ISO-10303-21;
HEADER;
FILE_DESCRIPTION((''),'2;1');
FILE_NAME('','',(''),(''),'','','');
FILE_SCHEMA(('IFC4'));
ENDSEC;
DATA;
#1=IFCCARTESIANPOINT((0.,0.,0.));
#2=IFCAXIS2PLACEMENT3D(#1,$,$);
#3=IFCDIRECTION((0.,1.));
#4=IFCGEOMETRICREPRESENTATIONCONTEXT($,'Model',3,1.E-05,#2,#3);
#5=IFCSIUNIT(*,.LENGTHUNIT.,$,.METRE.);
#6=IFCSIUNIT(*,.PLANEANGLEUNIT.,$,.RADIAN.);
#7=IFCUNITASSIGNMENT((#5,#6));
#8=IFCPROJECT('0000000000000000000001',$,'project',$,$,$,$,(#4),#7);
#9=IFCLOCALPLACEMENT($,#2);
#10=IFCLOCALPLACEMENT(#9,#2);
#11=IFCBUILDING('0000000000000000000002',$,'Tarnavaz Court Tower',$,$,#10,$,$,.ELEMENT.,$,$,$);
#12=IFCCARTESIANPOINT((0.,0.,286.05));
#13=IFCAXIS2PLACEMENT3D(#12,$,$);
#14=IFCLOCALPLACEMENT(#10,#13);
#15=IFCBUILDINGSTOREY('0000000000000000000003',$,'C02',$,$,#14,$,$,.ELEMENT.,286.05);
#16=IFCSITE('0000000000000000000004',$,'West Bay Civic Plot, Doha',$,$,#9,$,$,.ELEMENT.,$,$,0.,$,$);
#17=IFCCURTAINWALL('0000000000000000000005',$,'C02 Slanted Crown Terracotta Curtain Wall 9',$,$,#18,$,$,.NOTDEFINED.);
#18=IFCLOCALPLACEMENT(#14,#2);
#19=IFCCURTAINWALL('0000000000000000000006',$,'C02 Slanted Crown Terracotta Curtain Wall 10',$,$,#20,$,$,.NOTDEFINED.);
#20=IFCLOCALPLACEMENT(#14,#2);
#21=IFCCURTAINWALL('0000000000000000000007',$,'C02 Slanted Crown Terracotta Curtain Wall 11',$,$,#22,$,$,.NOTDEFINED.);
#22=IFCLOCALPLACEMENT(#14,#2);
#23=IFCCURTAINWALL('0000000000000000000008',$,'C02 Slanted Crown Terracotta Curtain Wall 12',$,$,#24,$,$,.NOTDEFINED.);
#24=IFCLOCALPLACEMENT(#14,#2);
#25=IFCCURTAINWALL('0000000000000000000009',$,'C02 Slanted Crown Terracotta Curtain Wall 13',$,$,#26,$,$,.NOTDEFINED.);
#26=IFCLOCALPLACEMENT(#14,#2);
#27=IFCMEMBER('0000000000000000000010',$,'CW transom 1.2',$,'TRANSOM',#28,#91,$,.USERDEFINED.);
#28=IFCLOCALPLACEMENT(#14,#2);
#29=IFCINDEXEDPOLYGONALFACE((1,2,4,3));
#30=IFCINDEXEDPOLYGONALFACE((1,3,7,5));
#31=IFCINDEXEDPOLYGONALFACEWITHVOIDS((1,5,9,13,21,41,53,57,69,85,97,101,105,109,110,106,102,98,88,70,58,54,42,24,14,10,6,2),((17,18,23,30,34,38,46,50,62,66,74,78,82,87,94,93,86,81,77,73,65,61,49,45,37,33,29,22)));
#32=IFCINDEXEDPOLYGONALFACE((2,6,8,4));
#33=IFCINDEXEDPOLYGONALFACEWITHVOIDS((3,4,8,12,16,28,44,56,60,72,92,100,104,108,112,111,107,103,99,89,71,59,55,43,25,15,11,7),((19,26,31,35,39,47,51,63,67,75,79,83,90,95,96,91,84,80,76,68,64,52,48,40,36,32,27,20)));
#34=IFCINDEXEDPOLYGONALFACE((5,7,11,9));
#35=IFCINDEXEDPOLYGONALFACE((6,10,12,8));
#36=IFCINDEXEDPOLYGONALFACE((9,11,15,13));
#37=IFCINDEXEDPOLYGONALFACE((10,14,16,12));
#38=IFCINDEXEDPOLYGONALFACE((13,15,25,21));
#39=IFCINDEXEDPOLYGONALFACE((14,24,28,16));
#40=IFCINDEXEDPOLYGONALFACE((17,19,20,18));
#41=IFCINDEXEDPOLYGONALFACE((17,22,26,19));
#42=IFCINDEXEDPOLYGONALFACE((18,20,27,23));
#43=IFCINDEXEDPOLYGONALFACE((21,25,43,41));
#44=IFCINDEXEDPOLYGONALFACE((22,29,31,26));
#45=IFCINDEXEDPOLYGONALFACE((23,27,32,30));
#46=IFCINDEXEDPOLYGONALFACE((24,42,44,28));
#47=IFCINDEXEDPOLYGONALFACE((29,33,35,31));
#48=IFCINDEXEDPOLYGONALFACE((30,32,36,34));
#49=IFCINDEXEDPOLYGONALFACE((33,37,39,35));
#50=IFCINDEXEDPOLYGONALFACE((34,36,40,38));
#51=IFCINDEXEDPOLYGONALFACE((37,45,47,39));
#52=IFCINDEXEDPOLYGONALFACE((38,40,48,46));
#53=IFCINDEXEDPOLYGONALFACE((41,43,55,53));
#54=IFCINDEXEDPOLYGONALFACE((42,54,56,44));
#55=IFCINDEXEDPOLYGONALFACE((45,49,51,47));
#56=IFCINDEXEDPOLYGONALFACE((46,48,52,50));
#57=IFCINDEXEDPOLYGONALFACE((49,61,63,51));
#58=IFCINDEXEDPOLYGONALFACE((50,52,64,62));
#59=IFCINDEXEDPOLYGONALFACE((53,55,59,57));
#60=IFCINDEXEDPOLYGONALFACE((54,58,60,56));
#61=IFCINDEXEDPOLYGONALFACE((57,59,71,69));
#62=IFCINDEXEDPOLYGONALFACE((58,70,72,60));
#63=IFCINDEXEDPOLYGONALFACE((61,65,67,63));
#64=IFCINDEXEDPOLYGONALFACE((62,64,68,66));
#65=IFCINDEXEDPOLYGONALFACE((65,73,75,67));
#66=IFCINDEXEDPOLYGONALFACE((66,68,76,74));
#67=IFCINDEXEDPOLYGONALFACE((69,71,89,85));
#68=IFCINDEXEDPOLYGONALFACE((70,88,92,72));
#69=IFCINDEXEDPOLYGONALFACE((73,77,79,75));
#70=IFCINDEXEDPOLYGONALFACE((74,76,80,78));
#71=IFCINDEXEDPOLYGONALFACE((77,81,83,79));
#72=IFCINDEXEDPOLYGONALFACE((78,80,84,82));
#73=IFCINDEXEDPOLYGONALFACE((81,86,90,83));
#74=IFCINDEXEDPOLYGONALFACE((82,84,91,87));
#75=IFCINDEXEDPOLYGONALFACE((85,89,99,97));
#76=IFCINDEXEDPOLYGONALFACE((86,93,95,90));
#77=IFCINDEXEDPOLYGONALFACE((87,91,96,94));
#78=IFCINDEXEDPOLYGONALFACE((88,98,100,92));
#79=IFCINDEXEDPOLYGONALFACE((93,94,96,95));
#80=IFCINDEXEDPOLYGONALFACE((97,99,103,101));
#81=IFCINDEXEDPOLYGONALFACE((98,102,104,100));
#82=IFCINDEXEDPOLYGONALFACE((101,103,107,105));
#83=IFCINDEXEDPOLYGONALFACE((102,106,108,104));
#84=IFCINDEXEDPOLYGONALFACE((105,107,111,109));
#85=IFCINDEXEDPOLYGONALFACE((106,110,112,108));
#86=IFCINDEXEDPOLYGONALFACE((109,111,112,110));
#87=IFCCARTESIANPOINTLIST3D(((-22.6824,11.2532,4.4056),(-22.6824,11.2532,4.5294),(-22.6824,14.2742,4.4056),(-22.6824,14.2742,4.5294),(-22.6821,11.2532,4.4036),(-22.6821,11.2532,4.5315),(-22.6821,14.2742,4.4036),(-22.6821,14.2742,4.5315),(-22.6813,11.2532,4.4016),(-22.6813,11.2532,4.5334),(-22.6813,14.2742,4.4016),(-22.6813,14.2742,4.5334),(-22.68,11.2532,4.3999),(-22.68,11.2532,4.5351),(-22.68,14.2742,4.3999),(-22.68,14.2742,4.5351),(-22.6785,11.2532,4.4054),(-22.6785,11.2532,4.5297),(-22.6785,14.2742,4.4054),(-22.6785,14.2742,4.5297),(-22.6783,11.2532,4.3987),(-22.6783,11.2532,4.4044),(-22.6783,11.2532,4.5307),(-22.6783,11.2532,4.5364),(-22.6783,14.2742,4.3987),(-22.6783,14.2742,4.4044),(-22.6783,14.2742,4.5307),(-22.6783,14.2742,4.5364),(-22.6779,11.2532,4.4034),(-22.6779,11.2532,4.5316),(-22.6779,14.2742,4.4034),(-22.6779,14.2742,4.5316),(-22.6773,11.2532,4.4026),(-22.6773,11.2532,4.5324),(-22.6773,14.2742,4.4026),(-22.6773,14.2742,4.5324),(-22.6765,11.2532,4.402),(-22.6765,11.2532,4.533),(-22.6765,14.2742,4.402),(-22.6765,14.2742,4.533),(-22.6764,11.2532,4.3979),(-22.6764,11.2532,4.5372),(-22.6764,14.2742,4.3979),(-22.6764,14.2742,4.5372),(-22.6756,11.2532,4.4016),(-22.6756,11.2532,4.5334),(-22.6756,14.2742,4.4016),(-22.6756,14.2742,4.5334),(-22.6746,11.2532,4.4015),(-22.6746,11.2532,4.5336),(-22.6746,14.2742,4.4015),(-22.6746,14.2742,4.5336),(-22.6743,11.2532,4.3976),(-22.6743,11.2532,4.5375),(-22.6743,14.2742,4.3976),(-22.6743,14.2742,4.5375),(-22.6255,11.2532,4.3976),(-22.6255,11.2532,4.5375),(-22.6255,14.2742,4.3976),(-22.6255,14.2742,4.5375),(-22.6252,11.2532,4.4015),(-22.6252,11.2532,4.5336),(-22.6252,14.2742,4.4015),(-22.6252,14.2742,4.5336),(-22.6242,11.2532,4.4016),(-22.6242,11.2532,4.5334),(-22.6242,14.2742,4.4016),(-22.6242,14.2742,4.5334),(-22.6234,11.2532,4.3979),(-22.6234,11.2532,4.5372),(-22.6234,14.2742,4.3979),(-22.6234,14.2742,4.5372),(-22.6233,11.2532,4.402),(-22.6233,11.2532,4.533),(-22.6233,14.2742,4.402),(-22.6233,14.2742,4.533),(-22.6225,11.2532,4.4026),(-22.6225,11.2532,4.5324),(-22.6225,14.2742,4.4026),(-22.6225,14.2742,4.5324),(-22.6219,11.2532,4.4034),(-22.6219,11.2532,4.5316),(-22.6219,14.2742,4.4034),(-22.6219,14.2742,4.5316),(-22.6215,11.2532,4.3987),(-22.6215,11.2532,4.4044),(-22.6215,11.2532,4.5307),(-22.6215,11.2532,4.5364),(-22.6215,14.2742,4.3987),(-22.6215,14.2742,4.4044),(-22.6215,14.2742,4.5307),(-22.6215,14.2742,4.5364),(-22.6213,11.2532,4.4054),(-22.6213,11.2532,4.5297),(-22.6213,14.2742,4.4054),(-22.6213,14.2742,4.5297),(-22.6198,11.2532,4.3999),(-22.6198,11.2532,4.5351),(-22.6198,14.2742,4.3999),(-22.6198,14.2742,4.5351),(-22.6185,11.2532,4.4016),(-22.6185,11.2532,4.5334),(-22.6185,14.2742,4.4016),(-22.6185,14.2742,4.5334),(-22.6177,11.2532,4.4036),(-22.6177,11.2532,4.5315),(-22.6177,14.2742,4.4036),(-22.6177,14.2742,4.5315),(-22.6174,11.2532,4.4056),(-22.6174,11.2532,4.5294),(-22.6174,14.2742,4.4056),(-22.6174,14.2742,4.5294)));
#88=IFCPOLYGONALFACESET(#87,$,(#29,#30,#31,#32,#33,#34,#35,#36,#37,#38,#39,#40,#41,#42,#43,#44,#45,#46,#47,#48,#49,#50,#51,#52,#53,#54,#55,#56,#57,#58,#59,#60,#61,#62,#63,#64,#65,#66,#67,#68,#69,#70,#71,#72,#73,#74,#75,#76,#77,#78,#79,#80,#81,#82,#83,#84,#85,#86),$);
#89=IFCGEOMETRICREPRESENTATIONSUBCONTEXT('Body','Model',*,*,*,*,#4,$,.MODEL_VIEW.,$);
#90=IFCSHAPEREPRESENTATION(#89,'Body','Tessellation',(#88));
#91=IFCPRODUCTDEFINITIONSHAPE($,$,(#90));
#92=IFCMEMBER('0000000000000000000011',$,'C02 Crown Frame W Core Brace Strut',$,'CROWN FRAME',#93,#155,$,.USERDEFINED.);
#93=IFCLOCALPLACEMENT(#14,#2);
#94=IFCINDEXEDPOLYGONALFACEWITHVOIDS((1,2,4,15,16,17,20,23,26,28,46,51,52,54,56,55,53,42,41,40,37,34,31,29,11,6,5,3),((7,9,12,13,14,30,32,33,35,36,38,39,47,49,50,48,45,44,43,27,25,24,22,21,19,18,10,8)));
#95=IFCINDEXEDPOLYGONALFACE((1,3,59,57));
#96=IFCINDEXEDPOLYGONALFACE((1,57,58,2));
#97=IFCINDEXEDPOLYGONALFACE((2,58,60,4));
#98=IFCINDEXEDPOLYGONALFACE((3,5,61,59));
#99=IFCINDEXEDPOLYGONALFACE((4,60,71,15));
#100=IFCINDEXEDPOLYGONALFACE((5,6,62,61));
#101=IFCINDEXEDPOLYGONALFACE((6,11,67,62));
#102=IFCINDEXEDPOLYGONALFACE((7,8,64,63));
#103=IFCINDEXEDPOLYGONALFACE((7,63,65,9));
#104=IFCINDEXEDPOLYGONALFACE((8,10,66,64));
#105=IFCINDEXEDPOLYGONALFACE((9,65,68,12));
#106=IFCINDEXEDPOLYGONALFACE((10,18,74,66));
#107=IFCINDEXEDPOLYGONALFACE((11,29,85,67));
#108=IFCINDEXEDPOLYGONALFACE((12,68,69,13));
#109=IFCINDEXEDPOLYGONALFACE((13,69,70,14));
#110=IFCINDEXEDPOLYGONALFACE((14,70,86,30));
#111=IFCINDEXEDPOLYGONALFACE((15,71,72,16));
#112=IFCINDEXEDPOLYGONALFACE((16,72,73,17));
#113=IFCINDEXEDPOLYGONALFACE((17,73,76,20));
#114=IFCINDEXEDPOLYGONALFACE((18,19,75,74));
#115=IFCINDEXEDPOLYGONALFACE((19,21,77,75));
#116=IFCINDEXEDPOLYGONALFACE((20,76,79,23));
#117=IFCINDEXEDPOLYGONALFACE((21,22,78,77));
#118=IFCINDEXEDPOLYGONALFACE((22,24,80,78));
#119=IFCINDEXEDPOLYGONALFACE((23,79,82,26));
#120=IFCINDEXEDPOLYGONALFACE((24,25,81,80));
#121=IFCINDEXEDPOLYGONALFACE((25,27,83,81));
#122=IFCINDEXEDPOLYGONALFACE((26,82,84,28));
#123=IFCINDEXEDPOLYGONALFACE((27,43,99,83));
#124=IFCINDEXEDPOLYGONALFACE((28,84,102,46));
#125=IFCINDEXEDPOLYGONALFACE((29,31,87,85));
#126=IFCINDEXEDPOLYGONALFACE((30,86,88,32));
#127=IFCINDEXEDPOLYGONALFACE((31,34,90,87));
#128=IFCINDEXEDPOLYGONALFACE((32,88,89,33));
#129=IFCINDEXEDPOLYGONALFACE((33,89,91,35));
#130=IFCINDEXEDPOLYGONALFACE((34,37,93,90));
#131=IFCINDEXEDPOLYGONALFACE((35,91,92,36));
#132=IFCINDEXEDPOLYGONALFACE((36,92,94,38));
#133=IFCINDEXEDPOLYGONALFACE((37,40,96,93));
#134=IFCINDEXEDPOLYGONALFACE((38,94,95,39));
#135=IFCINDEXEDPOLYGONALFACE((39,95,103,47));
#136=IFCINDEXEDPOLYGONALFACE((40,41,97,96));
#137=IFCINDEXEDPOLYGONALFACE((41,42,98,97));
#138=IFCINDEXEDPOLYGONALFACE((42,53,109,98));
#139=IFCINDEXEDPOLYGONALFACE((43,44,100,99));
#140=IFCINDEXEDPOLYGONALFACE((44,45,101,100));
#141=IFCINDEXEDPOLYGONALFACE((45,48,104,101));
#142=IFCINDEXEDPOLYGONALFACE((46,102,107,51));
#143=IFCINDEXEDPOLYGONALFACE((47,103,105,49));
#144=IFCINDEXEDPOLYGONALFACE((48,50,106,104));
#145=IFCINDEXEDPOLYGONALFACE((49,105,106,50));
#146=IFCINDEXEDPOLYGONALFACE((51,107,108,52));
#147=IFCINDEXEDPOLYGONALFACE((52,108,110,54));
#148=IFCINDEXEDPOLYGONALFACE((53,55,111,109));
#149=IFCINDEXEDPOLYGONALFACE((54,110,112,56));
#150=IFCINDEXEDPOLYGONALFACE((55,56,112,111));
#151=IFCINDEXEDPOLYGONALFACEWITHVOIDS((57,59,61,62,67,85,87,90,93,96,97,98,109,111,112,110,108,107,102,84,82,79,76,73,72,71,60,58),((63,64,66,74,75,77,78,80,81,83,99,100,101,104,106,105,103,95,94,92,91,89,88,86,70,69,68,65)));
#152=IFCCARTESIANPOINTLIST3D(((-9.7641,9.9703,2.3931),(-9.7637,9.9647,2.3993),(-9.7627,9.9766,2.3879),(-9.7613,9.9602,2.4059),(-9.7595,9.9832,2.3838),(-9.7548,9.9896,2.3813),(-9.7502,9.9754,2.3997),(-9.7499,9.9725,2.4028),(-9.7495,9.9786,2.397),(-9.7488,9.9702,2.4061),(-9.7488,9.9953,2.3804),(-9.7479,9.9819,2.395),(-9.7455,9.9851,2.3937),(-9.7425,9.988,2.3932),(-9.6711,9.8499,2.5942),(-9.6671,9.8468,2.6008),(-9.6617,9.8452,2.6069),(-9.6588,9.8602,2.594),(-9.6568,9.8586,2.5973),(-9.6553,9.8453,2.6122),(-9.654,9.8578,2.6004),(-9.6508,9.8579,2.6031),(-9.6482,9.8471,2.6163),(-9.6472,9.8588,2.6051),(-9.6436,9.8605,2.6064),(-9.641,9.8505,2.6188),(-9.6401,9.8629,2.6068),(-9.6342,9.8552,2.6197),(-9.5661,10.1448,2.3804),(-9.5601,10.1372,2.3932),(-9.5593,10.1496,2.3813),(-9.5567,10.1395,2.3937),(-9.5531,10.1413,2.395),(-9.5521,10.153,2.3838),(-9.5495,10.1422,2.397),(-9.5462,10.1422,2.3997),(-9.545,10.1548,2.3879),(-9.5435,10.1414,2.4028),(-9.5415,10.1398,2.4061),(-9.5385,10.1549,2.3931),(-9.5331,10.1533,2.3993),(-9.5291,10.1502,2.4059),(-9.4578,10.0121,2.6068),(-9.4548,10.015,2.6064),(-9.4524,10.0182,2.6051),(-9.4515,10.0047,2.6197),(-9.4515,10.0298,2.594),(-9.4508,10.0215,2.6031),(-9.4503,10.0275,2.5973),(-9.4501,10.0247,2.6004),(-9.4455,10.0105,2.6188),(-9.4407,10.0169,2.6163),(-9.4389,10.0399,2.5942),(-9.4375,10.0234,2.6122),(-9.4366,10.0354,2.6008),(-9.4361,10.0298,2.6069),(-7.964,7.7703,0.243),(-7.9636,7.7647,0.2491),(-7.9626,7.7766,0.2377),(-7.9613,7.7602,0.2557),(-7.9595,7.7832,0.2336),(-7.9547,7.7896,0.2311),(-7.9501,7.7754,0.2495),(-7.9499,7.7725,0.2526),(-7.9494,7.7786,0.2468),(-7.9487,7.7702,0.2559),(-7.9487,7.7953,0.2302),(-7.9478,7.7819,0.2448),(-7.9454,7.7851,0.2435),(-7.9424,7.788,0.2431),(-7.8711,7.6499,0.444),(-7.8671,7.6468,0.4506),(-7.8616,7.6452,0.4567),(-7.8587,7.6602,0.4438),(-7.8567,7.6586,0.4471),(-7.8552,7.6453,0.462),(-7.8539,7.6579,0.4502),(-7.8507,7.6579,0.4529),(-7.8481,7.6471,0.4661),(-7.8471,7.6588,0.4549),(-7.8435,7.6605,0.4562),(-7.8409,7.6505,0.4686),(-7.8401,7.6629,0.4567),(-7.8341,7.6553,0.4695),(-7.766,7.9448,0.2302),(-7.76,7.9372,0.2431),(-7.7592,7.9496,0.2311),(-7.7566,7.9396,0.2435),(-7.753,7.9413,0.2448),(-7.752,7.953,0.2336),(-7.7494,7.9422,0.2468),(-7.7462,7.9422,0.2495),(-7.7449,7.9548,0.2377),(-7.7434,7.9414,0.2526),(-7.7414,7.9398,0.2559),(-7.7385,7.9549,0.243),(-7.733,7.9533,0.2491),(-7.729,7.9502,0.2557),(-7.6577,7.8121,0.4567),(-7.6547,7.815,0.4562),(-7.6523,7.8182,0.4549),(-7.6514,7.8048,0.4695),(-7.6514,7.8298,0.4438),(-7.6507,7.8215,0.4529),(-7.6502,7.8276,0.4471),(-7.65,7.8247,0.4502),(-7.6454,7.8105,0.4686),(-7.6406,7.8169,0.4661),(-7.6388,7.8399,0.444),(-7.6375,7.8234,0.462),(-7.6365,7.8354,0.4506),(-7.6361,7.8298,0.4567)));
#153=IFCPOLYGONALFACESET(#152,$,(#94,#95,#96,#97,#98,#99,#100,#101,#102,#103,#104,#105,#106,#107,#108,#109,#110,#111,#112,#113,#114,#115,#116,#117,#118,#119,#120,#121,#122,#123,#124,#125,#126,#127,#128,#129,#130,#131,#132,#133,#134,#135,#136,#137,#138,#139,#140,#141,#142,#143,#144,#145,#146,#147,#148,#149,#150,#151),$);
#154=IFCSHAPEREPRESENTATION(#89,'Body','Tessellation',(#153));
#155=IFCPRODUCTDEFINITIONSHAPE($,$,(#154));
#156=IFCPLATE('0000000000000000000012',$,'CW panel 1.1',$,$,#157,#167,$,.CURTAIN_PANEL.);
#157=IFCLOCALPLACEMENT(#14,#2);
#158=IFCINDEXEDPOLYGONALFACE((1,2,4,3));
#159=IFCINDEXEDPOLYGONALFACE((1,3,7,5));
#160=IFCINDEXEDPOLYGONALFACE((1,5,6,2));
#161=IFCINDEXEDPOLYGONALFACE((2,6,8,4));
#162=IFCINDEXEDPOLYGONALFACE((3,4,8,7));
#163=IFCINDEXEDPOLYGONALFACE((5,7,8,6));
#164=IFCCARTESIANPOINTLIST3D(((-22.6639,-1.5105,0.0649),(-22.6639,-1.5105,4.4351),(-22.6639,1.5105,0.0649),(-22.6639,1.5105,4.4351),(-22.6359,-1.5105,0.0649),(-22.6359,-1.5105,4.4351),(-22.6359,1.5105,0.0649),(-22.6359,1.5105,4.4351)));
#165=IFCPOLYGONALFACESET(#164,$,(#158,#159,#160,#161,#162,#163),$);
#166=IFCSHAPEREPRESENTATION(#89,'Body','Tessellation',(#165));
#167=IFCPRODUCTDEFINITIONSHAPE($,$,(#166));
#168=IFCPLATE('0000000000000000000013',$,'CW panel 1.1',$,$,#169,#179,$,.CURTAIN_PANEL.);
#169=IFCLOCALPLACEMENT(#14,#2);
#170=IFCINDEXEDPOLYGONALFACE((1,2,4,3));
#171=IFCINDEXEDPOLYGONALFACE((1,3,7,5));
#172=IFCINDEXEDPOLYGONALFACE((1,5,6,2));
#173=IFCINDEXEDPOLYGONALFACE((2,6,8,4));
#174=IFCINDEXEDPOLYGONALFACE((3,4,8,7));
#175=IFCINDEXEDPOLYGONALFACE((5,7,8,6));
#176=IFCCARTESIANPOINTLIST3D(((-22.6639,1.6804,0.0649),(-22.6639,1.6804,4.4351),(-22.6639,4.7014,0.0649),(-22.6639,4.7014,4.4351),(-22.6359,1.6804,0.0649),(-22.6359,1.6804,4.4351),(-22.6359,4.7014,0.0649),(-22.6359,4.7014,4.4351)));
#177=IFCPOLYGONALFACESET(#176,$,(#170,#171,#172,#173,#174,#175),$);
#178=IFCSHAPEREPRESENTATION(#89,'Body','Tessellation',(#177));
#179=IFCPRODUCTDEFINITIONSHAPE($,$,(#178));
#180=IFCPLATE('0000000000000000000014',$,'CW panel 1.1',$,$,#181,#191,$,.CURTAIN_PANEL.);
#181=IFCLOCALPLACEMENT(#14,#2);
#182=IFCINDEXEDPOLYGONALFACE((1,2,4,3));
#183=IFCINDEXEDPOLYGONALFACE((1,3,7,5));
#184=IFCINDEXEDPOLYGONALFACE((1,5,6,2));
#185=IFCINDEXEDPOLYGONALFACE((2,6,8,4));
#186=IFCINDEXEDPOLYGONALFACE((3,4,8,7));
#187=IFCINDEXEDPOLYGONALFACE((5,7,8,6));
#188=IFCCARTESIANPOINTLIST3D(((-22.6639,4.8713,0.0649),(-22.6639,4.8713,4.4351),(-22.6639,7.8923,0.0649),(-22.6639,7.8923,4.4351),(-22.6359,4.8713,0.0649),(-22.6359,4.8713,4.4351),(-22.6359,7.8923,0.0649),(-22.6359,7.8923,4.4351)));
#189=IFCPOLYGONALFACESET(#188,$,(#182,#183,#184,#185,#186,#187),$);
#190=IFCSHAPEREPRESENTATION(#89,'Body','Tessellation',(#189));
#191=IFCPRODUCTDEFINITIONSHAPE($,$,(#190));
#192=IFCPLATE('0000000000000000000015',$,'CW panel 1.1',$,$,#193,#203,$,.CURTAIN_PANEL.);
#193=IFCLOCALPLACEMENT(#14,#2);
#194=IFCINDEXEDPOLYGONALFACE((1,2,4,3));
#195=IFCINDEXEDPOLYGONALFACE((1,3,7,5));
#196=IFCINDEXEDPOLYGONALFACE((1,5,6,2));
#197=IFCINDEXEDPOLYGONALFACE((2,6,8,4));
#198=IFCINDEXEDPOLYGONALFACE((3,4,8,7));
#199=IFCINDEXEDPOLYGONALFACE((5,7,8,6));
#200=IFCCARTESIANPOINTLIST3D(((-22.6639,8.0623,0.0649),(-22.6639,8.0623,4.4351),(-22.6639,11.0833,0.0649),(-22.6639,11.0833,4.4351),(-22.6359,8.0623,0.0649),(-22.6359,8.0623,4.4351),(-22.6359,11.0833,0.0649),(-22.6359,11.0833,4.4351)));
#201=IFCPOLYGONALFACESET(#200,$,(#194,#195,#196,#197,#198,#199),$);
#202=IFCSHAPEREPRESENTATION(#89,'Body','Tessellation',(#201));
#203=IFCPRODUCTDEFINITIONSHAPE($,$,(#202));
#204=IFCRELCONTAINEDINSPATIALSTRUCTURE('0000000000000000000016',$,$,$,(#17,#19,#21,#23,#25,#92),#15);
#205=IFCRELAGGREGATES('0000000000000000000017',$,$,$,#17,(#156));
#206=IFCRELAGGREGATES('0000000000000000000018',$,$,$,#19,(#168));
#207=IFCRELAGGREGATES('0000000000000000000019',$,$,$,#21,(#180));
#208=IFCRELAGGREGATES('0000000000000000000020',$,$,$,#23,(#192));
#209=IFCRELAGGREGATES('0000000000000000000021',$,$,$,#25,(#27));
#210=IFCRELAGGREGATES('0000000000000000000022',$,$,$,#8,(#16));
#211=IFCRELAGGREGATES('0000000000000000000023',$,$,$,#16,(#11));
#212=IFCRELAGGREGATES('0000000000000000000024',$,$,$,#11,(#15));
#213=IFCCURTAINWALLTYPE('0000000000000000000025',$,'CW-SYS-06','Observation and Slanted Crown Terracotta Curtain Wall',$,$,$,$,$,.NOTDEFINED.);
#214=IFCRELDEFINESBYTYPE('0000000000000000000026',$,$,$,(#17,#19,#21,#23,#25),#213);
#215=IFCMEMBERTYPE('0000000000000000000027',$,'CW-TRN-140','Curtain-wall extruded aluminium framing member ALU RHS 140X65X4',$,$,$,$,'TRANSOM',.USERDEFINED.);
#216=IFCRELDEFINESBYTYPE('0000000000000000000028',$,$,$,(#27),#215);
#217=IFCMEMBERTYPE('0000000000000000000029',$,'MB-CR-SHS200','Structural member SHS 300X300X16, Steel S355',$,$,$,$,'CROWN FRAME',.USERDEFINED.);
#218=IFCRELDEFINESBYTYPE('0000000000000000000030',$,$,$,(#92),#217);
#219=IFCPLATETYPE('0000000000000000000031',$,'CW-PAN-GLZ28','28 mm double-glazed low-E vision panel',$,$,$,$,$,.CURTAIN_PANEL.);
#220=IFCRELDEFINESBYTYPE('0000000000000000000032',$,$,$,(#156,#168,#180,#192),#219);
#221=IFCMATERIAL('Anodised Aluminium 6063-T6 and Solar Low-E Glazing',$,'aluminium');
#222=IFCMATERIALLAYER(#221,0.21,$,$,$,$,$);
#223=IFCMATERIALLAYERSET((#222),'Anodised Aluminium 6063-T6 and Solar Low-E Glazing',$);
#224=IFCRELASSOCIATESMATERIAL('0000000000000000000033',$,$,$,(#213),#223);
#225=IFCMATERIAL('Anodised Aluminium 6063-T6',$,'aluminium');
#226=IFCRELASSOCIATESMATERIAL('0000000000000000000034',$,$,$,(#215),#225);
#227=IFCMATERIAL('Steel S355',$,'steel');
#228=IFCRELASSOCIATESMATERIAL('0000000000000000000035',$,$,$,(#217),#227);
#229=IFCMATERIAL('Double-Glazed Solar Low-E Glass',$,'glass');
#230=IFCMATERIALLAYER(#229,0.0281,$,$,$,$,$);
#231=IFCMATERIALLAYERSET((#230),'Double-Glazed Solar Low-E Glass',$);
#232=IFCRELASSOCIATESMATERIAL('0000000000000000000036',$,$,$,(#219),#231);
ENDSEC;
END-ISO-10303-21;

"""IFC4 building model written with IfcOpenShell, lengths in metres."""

from ifc_helpers import new_model, si_unit, direction, frame, origin, origin_2d, place, context, subcontext, project, spatial, rectangle, hollow_rectangle, extrude, material, layer, layer_set, material_profile, profile_set, type_object, element, aggregate, save


model = new_model("IFC4")

# Units and contexts
model_context = context("Model", 3, precision=1e-05, world=origin(), true_north=direction((0.0, 1.0)))
body_context = subcontext(model_context, "Body", "Model", "MODEL_VIEW")
ifc_project = project(units=[si_unit("LENGTHUNIT", "METRE"), si_unit("PLANEANGLEUNIT", "RADIAN")], contexts=[model_context])

# Site, building, storey
site_placement = place(None, origin())
site = spatial("IfcSite", under=ifc_project, at=site_placement, Name="West Bay Civic Plot, Doha", CompositionType="ELEMENT", RefElevation=0.0)
building_placement = place(site_placement, origin())
building = spatial("IfcBuilding", under=site, at=building_placement, Name="Tarnavaz Court Tower", CompositionType="ELEMENT")
storey_placement = place(building_placement, frame((0.0, 0.0, 286.05)))
storey = spatial("IfcBuildingStorey", under=building, at=storey_placement, Name="C02", CompositionType="ELEMENT", Elevation=286.05)

# Shared definitions
ifc_material_1 = material(Name="Steel S355", Category="steel")

# Curtain wall
ifc_material_2 = material(Name="Anodised Aluminium 6063-T6 and Solar Low-E Glazing", Category="aluminium")
ifc_layer_1 = layer(ifc_material_2, 0.21)
ifc_layer_set_1 = layer_set([ifc_layer_1], Name="Anodised Aluminium 6063-T6 and Solar Low-E Glazing")
curtain_wall_type = type_object("IfcCurtainWallType", Name="CW-SYS-06", Description="Observation and Slanted Crown Terracotta Curtain Wall", PredefinedType="NOTDEFINED", material=ifc_layer_set_1)
curtain_wall_1_placement = place(storey_placement, origin())
curtain_wall_1 = element("IfcCurtainWall", 1, at=curtain_wall_1_placement, inside=storey, type_object=curtain_wall_type, Name="C02 Slanted Crown Terracotta Curtain Wall 9", PredefinedType="NOTDEFINED")
ifc_material_3 = material(Name="Anodised Aluminium 6063-T6", Category="aluminium")

# Curtain walls
curtain_wall_2_placement = place(storey_placement, origin())
curtain_wall_2 = element("IfcCurtainWall", 2, at=curtain_wall_2_placement, inside=storey, type_object=curtain_wall_type, Name="C02 Slanted Crown Terracotta Curtain Wall 10", PredefinedType="NOTDEFINED")
curtain_wall_3_placement = place(storey_placement, origin())
curtain_wall_3 = element("IfcCurtainWall", 3, at=curtain_wall_3_placement, inside=storey, type_object=curtain_wall_type, Name="C02 Slanted Crown Terracotta Curtain Wall 11", PredefinedType="NOTDEFINED")
curtain_wall_4_placement = place(storey_placement, origin())
curtain_wall_4 = element("IfcCurtainWall", 4, at=curtain_wall_4_placement, inside=storey, type_object=curtain_wall_type, Name="C02 Slanted Crown Terracotta Curtain Wall 12", PredefinedType="NOTDEFINED")
curtain_wall_5_placement = place(storey_placement, origin())
curtain_wall_5 = element("IfcCurtainWall", 5, at=curtain_wall_5_placement, inside=storey, type_object=curtain_wall_type, Name="C02 Slanted Crown Terracotta Curtain Wall 13", PredefinedType="NOTDEFINED")

# Members
ifc_material_profile_1 = material_profile(ifc_material_3, hollow_rectangle(XDim=0.0649, YDim=0.1399, WallThickness=0.0039, InnerFilletRadius=0.0039, OuterFilletRadius=0.0081, at=origin_2d()), Name="ALU RHS 140X65X4")
ifc_profile_set_1 = profile_set([ifc_material_profile_1], Name="Anodised Aluminium 6063-T6")
member_type_1 = type_object("IfcMemberType", Name="CW-TRN-140", Description="Curtain-wall extruded aluminium framing member ALU RHS 140X65X4", ElementType="TRANSOM", PredefinedType="USERDEFINED", material=ifc_profile_set_1)
member_1_placement = place(storey_placement, frame((-22.6499, 11.2532, 4.4675), z_axis=(0.0, 1.0, 0.0), x_axis=(-1.0, 0.0, 0.0)))
member_1 = element("IfcMember", 6, at=member_1_placement, type_object=member_type_1, Name="CW transom 1.2", ObjectType="TRANSOM", PredefinedType="USERDEFINED", context=body_context, shape_type="SweptSolid", body=[
    extrude(hollow_rectangle(XDim=0.0649, YDim=0.1399, WallThickness=0.0039, InnerFilletRadius=0.0039, OuterFilletRadius=0.0081, at=origin_2d()), origin(), (0.0, 0.0, 1.0), 3.021),
])
ifc_material_profile_2 = material_profile(ifc_material_1, hollow_rectangle(XDim=0.3, YDim=0.3, WallThickness=0.0161, InnerFilletRadius=0.0161, OuterFilletRadius=0.032, at=origin_2d()), Name="SHS 300X300X16")
ifc_profile_set_2 = profile_set([ifc_material_profile_2], Name="Steel S355")
member_type_2 = type_object("IfcMemberType", Name="MB-CR-SHS200", Description="Structural member SHS 300X300X16, Steel S355", ElementType="CROWN FRAME", PredefinedType="USERDEFINED", material=ifc_profile_set_2)
member_2_placement = place(storey_placement, frame((-7.8, 7.8, 0.3499), z_axis=(-0.505044, 0.617246, 0.603272), x_axis=(-0.773942, -0.633256, 0.0)))
element("IfcMember", 7, at=member_2_placement, inside=storey, type_object=member_type_2, Name="C02 Crown Frame W Core Brace Strut", ObjectType="CROWN FRAME", PredefinedType="USERDEFINED", context=body_context, shape_type="SweptSolid", body=[
    extrude(hollow_rectangle(XDim=0.3, YDim=0.3, WallThickness=0.0161, InnerFilletRadius=0.0161, OuterFilletRadius=0.032, at=origin_2d()), origin(), (0.0, 0.0, 1.0), 3.5642),
])

# Plates
ifc_material_4 = material(Name="Double-Glazed Solar Low-E Glass", Category="glass")
ifc_layer_2 = layer(ifc_material_4, 0.0281)
ifc_layer_set_2 = layer_set([ifc_layer_2], Name="Double-Glazed Solar Low-E Glass")
plate_type_1 = type_object("IfcPlateType", Name="CW-PAN-GLZ28", Description="28 mm double-glazed low-E vision panel", PredefinedType="CURTAIN_PANEL", material=ifc_layer_set_2)
plate_1_placement = place(storey_placement, frame((-22.6499, 0.0, 0.0649), z_axis=(0.0, 0.0, 1.0), x_axis=(0.0, 1.0, 0.0)))
plate_1 = element("IfcPlate", 8, at=plate_1_placement, type_object=plate_type_1, Name="CW panel 1.1", PredefinedType="CURTAIN_PANEL", context=body_context, shape_type="SweptSolid", body=[
    extrude(rectangle(XDim=3.021, YDim=0.0281, at=origin_2d()), origin(), (0.0, 0.0, 1.0), 4.3701),
])
aggregate(curtain_wall_1, [plate_1])
plate_2_placement = place(storey_placement, frame((-22.6499, 3.1909, 0.0649), z_axis=(0.0, 0.0, 1.0), x_axis=(0.0, 1.0, 0.0)))
plate_2 = element("IfcPlate", 9, at=plate_2_placement, type_object=plate_type_1, Name="CW panel 1.1", PredefinedType="CURTAIN_PANEL", context=body_context, shape_type="SweptSolid", body=[
    extrude(rectangle(XDim=3.021, YDim=0.0281, at=origin_2d()), origin(), (0.0, 0.0, 1.0), 4.3701),
])
aggregate(curtain_wall_2, [plate_2])
plate_3_placement = place(storey_placement, frame((-22.6499, 6.3818, 0.0649), z_axis=(0.0, 0.0, 1.0), x_axis=(0.0, 1.0, 0.0)))
plate_3 = element("IfcPlate", 10, at=plate_3_placement, type_object=plate_type_1, Name="CW panel 1.1", PredefinedType="CURTAIN_PANEL", context=body_context, shape_type="SweptSolid", body=[
    extrude(rectangle(XDim=3.021, YDim=0.0281, at=origin_2d()), origin(), (0.0, 0.0, 1.0), 4.3701),
])
aggregate(curtain_wall_3, [plate_3])
plate_4_placement = place(storey_placement, frame((-22.6499, 9.5728, 0.0649), z_axis=(0.0, 0.0, 1.0), x_axis=(0.0, 1.0, 0.0)))
plate_4 = element("IfcPlate", 11, at=plate_4_placement, type_object=plate_type_1, Name="CW panel 1.1", PredefinedType="CURTAIN_PANEL", context=body_context, shape_type="SweptSolid", body=[
    extrude(rectangle(XDim=3.021, YDim=0.0281, at=origin_2d()), origin(), (0.0, 0.0, 1.0), 4.3701),
])
aggregate(curtain_wall_4, [plate_4])
aggregate(curtain_wall_5, [member_1])

save(model, "model.ifc")
